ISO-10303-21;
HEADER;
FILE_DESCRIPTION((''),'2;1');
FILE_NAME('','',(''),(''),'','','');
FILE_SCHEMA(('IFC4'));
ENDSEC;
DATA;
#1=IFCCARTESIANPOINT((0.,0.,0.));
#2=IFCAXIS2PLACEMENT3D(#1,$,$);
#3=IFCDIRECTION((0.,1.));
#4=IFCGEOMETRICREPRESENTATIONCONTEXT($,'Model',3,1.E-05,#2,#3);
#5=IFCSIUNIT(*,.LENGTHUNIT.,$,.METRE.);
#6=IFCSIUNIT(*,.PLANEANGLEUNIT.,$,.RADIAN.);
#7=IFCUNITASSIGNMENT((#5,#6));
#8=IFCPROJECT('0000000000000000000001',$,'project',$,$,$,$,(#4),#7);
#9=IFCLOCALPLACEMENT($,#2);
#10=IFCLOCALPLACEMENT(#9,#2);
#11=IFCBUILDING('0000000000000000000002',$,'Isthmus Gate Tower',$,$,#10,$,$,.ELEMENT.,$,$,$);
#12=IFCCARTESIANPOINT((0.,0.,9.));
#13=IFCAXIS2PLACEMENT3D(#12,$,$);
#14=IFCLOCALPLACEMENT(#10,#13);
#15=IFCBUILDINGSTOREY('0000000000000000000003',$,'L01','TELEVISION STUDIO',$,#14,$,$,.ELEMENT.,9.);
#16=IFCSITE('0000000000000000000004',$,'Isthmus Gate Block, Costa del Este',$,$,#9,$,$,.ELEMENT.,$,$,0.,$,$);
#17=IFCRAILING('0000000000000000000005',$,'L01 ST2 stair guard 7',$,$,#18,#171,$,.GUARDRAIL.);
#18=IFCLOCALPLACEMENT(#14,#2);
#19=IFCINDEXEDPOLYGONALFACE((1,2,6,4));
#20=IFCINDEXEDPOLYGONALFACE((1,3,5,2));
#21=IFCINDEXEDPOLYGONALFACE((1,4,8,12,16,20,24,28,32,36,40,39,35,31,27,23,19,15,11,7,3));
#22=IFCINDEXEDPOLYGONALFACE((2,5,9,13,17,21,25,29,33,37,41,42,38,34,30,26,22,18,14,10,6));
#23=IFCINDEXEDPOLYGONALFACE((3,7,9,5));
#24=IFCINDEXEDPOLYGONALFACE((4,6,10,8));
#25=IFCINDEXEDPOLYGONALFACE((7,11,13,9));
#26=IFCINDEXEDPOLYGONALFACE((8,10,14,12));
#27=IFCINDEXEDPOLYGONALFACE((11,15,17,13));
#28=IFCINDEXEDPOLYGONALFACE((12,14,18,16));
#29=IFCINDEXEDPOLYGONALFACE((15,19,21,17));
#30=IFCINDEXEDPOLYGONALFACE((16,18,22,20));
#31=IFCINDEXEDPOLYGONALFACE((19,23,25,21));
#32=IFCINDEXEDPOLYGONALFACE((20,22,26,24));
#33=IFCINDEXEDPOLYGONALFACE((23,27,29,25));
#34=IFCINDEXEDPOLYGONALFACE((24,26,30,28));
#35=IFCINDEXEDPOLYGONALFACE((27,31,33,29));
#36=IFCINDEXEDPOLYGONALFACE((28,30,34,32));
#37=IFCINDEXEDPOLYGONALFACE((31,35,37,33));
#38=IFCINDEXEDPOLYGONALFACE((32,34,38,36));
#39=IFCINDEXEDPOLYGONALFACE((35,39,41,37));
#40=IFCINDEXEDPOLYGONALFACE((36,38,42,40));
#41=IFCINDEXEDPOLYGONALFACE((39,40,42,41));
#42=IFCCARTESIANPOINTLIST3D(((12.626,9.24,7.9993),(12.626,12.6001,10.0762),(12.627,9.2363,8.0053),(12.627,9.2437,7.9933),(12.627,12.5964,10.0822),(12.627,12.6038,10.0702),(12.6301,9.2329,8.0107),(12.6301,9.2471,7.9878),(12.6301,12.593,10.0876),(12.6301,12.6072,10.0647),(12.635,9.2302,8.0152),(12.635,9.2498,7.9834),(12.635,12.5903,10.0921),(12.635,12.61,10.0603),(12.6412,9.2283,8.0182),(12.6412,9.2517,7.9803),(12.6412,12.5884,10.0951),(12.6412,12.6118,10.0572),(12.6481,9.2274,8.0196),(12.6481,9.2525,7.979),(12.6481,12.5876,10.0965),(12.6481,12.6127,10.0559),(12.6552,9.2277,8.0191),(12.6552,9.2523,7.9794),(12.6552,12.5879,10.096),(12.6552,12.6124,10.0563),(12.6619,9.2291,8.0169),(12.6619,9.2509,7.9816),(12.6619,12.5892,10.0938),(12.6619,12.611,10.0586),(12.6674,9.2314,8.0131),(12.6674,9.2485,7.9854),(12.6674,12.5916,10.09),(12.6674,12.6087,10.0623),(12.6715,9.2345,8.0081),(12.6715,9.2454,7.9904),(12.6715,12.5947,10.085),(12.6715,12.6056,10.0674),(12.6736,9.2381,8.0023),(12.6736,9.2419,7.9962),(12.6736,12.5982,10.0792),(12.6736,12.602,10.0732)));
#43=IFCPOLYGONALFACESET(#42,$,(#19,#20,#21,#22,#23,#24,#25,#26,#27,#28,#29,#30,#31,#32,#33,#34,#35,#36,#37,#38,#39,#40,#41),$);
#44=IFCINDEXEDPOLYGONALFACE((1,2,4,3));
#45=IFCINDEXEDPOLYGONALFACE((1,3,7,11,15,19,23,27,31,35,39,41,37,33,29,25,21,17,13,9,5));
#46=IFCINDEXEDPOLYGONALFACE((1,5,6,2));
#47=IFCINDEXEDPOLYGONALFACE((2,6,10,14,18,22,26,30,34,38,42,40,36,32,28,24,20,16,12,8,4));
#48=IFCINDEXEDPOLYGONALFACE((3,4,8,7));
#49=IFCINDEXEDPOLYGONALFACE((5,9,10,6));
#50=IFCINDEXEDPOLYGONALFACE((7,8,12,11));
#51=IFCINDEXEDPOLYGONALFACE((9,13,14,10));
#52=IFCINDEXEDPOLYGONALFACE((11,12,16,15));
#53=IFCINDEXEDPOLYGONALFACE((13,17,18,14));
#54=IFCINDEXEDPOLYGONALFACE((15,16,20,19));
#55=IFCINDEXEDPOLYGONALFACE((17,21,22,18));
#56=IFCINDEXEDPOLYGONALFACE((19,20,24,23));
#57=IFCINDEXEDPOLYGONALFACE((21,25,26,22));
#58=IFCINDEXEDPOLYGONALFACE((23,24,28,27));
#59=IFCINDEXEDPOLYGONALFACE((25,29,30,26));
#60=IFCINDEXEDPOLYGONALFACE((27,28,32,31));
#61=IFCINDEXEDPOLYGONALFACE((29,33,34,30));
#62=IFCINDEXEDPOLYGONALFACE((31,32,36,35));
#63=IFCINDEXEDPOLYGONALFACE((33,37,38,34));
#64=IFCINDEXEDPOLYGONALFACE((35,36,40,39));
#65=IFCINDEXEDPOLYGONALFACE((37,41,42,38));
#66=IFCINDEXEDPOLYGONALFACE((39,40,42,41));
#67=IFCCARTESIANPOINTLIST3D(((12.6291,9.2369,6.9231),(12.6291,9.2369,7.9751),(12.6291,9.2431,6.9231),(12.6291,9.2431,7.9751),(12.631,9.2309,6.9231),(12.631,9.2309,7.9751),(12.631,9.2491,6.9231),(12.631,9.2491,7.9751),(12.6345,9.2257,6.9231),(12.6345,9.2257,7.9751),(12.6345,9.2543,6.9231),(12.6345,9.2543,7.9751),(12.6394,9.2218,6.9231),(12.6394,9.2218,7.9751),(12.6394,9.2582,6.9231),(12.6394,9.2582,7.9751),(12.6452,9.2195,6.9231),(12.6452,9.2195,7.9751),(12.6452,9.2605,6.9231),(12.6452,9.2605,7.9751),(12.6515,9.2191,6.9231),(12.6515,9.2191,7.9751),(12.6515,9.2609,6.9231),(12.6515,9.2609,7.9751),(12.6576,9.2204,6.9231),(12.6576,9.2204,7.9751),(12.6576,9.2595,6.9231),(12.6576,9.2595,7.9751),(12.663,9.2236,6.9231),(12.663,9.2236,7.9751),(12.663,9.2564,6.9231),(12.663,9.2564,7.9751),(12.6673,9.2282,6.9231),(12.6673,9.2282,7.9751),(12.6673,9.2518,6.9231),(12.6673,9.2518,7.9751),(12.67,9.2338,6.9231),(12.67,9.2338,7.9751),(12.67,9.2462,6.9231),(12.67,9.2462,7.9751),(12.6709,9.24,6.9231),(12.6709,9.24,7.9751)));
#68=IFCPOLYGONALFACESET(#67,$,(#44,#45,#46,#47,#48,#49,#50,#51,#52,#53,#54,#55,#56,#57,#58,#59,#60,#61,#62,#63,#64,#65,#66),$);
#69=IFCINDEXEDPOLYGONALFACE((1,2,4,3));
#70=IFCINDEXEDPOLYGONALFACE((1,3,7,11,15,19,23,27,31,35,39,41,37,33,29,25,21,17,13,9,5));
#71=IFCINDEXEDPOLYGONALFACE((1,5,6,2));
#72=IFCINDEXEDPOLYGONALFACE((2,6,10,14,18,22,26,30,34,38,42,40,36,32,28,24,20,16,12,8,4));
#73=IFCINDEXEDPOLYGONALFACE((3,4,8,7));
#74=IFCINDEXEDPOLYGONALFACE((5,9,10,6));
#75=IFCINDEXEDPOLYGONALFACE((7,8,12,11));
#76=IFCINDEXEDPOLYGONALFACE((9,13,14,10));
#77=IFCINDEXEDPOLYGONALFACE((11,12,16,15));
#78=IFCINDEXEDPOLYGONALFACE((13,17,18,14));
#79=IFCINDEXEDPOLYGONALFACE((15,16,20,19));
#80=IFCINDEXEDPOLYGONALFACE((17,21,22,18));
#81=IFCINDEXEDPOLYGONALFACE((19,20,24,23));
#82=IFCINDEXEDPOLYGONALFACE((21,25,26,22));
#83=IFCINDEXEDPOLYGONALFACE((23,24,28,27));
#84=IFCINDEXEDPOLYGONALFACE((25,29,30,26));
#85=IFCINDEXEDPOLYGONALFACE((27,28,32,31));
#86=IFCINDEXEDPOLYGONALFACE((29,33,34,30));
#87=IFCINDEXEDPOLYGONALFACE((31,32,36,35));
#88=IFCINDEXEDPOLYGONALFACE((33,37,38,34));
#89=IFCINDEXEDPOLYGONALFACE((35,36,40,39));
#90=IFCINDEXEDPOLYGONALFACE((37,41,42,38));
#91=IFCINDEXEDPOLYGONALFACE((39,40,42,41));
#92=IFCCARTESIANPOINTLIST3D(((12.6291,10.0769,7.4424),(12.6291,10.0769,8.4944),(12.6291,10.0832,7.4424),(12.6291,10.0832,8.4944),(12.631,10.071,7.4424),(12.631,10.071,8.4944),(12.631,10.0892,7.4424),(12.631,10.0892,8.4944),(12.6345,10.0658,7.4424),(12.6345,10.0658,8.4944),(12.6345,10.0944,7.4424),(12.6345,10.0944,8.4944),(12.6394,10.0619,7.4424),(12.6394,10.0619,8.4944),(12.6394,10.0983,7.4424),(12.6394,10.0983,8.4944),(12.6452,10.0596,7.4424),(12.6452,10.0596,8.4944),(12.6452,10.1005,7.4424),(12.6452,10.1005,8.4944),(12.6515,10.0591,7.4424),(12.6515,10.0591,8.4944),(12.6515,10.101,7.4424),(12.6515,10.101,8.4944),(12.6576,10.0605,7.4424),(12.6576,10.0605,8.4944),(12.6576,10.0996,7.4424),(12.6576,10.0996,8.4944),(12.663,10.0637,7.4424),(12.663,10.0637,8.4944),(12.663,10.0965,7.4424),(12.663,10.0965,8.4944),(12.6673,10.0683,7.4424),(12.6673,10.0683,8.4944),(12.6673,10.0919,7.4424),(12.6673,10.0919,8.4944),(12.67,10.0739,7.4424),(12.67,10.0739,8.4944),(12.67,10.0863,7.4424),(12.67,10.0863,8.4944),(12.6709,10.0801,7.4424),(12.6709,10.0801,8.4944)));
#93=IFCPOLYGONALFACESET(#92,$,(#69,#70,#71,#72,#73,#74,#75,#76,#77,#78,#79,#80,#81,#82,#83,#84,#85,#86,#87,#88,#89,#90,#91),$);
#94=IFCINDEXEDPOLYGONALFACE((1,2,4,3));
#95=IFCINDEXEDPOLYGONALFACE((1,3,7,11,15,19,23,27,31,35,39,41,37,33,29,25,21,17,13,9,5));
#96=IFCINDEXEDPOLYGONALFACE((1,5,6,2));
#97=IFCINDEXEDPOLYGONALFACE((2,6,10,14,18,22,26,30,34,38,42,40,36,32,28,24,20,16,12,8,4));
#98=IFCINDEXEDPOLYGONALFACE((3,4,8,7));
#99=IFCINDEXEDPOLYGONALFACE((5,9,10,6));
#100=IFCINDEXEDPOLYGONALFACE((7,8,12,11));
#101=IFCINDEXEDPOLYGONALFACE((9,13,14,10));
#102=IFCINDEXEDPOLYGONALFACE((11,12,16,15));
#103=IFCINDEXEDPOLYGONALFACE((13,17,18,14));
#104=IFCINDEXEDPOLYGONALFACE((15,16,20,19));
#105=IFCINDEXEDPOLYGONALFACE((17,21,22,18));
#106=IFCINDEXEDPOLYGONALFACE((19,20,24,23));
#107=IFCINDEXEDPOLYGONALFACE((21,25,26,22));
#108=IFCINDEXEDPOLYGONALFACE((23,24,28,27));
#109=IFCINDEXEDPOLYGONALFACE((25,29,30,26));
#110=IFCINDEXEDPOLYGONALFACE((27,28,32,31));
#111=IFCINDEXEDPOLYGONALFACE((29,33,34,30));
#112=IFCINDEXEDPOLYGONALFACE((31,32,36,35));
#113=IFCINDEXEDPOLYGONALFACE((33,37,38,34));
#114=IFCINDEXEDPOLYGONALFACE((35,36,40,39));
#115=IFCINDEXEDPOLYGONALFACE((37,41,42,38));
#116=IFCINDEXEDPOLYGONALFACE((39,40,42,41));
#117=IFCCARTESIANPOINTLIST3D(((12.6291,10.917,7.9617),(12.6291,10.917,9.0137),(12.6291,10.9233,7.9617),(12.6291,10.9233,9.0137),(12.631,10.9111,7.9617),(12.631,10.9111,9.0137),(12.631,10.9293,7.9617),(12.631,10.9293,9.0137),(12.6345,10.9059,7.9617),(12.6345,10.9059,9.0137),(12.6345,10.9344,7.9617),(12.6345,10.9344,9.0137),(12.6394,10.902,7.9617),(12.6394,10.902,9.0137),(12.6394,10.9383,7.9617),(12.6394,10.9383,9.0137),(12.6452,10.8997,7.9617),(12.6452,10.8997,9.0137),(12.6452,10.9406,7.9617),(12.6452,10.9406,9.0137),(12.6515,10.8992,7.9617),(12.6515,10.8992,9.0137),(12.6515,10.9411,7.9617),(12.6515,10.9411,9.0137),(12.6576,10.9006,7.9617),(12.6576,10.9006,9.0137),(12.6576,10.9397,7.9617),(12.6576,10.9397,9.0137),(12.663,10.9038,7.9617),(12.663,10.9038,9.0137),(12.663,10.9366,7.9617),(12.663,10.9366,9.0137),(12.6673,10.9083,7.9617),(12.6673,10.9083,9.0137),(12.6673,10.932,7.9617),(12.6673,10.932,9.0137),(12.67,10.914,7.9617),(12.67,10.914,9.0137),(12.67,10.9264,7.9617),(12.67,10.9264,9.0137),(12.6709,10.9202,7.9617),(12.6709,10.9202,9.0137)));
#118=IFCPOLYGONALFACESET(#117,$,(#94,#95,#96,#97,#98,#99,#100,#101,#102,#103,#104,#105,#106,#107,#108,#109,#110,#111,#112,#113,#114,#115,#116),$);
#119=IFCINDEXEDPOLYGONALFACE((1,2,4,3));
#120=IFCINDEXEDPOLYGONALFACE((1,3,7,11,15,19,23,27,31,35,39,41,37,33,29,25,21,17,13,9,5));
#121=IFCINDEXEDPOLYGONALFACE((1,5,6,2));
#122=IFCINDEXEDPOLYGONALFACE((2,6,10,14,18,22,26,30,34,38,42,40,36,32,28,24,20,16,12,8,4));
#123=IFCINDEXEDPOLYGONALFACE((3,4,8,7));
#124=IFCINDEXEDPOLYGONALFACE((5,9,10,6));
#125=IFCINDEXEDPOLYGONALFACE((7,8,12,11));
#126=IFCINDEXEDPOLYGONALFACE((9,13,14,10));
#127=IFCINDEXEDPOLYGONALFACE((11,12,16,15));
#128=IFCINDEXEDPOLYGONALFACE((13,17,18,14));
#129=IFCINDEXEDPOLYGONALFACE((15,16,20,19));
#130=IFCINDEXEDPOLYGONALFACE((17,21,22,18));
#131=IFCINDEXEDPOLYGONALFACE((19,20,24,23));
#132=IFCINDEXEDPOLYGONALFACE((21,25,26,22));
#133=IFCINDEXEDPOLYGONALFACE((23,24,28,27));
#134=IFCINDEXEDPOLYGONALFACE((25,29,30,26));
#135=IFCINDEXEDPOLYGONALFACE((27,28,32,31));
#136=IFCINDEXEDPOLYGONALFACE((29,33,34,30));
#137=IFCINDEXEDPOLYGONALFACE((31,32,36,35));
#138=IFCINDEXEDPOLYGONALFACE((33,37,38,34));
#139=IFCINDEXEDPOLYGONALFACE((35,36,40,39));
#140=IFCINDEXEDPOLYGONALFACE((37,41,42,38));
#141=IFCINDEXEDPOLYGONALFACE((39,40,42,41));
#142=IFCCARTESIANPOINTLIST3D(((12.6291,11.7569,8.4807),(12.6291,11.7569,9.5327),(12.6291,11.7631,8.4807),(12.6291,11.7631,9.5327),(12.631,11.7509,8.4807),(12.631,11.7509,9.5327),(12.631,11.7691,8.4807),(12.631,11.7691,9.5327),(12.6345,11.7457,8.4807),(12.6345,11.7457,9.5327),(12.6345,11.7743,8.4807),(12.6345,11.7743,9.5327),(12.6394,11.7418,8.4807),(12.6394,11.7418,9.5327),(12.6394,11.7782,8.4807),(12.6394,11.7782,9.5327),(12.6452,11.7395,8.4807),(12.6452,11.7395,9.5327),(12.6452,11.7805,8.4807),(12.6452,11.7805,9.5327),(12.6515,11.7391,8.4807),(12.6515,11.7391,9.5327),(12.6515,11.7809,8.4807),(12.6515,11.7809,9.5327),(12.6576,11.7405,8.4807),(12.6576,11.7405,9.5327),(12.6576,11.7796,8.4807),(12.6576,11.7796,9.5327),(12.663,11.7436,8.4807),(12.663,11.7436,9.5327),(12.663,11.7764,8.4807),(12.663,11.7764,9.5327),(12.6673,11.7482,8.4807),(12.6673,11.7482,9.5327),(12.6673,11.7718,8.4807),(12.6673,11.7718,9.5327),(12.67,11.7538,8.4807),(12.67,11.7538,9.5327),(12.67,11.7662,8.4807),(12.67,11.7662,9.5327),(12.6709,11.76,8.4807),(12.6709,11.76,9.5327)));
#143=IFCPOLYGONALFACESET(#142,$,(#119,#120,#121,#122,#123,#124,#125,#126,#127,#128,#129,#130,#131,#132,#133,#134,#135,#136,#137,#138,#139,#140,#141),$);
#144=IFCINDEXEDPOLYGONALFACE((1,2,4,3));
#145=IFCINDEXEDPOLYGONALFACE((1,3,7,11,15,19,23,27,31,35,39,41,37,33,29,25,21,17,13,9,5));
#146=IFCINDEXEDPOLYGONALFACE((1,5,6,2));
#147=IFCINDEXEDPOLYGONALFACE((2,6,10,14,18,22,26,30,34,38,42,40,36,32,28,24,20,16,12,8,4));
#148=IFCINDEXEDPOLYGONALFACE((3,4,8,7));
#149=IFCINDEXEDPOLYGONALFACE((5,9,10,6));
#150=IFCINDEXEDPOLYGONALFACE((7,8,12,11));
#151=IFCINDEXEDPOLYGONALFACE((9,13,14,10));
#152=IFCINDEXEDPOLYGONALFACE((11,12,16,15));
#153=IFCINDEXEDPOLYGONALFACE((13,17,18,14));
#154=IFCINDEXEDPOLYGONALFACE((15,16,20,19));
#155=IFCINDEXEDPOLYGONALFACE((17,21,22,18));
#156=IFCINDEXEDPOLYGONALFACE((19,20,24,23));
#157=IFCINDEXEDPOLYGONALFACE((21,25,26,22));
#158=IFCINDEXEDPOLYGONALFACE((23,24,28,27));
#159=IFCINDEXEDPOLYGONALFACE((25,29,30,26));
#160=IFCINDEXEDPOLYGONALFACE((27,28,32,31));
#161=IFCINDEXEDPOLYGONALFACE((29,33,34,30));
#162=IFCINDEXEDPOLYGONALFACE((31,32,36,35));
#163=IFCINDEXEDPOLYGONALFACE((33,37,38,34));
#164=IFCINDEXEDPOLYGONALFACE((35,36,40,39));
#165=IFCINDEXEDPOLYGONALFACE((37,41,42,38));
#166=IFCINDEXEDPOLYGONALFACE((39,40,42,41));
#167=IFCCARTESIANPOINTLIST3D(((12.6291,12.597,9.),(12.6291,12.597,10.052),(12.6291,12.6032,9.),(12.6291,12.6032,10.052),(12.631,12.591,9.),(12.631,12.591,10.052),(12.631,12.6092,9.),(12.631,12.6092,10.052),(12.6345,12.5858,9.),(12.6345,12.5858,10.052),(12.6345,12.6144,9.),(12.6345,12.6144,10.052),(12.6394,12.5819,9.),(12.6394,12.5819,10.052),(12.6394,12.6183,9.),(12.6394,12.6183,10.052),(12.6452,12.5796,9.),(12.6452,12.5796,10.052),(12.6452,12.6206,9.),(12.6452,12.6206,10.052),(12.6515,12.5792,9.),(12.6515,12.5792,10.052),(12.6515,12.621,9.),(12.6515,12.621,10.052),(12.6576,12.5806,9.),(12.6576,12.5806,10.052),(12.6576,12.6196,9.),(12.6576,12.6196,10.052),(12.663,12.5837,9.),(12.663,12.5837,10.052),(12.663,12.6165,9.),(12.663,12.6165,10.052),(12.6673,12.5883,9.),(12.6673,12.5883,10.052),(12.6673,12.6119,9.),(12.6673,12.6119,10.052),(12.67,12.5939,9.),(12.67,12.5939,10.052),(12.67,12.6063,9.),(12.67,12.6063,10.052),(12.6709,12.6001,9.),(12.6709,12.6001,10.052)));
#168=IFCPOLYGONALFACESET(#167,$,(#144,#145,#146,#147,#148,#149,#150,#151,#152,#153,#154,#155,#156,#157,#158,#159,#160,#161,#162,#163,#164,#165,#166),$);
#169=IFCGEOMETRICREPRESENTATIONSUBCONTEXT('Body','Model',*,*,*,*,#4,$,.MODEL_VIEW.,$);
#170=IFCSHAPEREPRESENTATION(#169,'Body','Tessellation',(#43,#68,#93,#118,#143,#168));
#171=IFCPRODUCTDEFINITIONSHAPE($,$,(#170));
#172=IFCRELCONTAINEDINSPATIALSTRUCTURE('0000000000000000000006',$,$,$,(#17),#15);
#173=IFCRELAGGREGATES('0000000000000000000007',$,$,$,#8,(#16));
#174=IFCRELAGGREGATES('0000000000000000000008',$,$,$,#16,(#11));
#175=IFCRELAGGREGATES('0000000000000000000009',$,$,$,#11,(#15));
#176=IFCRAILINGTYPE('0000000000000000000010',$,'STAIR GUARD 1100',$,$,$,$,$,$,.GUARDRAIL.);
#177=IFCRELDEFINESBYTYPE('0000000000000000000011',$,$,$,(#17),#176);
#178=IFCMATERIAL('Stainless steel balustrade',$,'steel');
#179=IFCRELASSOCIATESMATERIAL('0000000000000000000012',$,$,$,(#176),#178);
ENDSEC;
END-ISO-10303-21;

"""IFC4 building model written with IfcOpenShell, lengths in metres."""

from ifc_helpers import new_model, si_unit, direction, frame, origin, origin_2d, place, context, subcontext, project, spatial, circle, extrude, material, type_object, element, save


model = new_model("IFC4")

# Units and contexts
model_context = context("Model", 3, precision=1e-05, world=origin(), true_north=direction((0.0, 1.0)))
body_context = subcontext(model_context, "Body", "Model", "MODEL_VIEW")
ifc_project = project(units=[si_unit("LENGTHUNIT", "METRE"), si_unit("PLANEANGLEUNIT", "RADIAN")], contexts=[model_context])

# Site, building, storey
site_placement = place(None, origin())
site = spatial("IfcSite", under=ifc_project, at=site_placement, Name="Isthmus Gate Block, Costa del Este", CompositionType="ELEMENT", RefElevation=0.0)
building_placement = place(site_placement, origin())
building = spatial("IfcBuilding", under=site, at=building_placement, Name="Isthmus Gate Tower", CompositionType="ELEMENT")
storey_placement = place(building_placement, frame((0.0, 0.0, 9.0)))
storey = spatial("IfcBuildingStorey", under=building, at=storey_placement, Name="L01", Description="TELEVISION STUDIO", CompositionType="ELEMENT", Elevation=9.0)

# Railing
ifc_material_1 = material(Name="Stainless steel balustrade", Category="steel")
railing_type_1 = type_object("IfcRailingType", Name="STAIR GUARD 1100", PredefinedType="GUARDRAIL", material=ifc_material_1)
railing_1_placement = place(storey_placement, frame((12.6499, 9.24, 6.9231)))
element("IfcRailing", 1, at=railing_1_placement, inside=storey, type_object=railing_type_1, Name="L01 ST2 stair guard 7", PredefinedType="GUARDRAIL", context=body_context, shape_type="SweptSolid", body=[
    extrude(circle(Radius=0.0239, at=origin_2d()), frame((0.0, 0.0, 1.0762), z_axis=(0.0, 0.850623, 0.525776), x_axis=(-1.0, 0.0, 0.0)), (0.0, 0.0, 1.0), 3.9502),
    extrude(circle(Radius=0.021, at=origin_2d()), origin(), (0.0, 0.0, 1.0), 1.052),
    extrude(circle(Radius=0.021, at=origin_2d()), frame((0.0, 0.8401, 0.5193)), (0.0, 0.0, 1.0), 1.052),
    extrude(circle(Radius=0.021, at=origin_2d()), frame((0.0, 1.6802, 1.0386)), (0.0, 0.0, 1.0), 1.052),
    extrude(circle(Radius=0.021, at=origin_2d()), frame((0.0, 2.52, 1.5576)), (0.0, 0.0, 1.0), 1.052),
    extrude(circle(Radius=0.021, at=origin_2d()), frame((0.0, 3.3601, 2.0769)), (0.0, 0.0, 1.0), 1.052),
])

save(model, "model.ifc")
